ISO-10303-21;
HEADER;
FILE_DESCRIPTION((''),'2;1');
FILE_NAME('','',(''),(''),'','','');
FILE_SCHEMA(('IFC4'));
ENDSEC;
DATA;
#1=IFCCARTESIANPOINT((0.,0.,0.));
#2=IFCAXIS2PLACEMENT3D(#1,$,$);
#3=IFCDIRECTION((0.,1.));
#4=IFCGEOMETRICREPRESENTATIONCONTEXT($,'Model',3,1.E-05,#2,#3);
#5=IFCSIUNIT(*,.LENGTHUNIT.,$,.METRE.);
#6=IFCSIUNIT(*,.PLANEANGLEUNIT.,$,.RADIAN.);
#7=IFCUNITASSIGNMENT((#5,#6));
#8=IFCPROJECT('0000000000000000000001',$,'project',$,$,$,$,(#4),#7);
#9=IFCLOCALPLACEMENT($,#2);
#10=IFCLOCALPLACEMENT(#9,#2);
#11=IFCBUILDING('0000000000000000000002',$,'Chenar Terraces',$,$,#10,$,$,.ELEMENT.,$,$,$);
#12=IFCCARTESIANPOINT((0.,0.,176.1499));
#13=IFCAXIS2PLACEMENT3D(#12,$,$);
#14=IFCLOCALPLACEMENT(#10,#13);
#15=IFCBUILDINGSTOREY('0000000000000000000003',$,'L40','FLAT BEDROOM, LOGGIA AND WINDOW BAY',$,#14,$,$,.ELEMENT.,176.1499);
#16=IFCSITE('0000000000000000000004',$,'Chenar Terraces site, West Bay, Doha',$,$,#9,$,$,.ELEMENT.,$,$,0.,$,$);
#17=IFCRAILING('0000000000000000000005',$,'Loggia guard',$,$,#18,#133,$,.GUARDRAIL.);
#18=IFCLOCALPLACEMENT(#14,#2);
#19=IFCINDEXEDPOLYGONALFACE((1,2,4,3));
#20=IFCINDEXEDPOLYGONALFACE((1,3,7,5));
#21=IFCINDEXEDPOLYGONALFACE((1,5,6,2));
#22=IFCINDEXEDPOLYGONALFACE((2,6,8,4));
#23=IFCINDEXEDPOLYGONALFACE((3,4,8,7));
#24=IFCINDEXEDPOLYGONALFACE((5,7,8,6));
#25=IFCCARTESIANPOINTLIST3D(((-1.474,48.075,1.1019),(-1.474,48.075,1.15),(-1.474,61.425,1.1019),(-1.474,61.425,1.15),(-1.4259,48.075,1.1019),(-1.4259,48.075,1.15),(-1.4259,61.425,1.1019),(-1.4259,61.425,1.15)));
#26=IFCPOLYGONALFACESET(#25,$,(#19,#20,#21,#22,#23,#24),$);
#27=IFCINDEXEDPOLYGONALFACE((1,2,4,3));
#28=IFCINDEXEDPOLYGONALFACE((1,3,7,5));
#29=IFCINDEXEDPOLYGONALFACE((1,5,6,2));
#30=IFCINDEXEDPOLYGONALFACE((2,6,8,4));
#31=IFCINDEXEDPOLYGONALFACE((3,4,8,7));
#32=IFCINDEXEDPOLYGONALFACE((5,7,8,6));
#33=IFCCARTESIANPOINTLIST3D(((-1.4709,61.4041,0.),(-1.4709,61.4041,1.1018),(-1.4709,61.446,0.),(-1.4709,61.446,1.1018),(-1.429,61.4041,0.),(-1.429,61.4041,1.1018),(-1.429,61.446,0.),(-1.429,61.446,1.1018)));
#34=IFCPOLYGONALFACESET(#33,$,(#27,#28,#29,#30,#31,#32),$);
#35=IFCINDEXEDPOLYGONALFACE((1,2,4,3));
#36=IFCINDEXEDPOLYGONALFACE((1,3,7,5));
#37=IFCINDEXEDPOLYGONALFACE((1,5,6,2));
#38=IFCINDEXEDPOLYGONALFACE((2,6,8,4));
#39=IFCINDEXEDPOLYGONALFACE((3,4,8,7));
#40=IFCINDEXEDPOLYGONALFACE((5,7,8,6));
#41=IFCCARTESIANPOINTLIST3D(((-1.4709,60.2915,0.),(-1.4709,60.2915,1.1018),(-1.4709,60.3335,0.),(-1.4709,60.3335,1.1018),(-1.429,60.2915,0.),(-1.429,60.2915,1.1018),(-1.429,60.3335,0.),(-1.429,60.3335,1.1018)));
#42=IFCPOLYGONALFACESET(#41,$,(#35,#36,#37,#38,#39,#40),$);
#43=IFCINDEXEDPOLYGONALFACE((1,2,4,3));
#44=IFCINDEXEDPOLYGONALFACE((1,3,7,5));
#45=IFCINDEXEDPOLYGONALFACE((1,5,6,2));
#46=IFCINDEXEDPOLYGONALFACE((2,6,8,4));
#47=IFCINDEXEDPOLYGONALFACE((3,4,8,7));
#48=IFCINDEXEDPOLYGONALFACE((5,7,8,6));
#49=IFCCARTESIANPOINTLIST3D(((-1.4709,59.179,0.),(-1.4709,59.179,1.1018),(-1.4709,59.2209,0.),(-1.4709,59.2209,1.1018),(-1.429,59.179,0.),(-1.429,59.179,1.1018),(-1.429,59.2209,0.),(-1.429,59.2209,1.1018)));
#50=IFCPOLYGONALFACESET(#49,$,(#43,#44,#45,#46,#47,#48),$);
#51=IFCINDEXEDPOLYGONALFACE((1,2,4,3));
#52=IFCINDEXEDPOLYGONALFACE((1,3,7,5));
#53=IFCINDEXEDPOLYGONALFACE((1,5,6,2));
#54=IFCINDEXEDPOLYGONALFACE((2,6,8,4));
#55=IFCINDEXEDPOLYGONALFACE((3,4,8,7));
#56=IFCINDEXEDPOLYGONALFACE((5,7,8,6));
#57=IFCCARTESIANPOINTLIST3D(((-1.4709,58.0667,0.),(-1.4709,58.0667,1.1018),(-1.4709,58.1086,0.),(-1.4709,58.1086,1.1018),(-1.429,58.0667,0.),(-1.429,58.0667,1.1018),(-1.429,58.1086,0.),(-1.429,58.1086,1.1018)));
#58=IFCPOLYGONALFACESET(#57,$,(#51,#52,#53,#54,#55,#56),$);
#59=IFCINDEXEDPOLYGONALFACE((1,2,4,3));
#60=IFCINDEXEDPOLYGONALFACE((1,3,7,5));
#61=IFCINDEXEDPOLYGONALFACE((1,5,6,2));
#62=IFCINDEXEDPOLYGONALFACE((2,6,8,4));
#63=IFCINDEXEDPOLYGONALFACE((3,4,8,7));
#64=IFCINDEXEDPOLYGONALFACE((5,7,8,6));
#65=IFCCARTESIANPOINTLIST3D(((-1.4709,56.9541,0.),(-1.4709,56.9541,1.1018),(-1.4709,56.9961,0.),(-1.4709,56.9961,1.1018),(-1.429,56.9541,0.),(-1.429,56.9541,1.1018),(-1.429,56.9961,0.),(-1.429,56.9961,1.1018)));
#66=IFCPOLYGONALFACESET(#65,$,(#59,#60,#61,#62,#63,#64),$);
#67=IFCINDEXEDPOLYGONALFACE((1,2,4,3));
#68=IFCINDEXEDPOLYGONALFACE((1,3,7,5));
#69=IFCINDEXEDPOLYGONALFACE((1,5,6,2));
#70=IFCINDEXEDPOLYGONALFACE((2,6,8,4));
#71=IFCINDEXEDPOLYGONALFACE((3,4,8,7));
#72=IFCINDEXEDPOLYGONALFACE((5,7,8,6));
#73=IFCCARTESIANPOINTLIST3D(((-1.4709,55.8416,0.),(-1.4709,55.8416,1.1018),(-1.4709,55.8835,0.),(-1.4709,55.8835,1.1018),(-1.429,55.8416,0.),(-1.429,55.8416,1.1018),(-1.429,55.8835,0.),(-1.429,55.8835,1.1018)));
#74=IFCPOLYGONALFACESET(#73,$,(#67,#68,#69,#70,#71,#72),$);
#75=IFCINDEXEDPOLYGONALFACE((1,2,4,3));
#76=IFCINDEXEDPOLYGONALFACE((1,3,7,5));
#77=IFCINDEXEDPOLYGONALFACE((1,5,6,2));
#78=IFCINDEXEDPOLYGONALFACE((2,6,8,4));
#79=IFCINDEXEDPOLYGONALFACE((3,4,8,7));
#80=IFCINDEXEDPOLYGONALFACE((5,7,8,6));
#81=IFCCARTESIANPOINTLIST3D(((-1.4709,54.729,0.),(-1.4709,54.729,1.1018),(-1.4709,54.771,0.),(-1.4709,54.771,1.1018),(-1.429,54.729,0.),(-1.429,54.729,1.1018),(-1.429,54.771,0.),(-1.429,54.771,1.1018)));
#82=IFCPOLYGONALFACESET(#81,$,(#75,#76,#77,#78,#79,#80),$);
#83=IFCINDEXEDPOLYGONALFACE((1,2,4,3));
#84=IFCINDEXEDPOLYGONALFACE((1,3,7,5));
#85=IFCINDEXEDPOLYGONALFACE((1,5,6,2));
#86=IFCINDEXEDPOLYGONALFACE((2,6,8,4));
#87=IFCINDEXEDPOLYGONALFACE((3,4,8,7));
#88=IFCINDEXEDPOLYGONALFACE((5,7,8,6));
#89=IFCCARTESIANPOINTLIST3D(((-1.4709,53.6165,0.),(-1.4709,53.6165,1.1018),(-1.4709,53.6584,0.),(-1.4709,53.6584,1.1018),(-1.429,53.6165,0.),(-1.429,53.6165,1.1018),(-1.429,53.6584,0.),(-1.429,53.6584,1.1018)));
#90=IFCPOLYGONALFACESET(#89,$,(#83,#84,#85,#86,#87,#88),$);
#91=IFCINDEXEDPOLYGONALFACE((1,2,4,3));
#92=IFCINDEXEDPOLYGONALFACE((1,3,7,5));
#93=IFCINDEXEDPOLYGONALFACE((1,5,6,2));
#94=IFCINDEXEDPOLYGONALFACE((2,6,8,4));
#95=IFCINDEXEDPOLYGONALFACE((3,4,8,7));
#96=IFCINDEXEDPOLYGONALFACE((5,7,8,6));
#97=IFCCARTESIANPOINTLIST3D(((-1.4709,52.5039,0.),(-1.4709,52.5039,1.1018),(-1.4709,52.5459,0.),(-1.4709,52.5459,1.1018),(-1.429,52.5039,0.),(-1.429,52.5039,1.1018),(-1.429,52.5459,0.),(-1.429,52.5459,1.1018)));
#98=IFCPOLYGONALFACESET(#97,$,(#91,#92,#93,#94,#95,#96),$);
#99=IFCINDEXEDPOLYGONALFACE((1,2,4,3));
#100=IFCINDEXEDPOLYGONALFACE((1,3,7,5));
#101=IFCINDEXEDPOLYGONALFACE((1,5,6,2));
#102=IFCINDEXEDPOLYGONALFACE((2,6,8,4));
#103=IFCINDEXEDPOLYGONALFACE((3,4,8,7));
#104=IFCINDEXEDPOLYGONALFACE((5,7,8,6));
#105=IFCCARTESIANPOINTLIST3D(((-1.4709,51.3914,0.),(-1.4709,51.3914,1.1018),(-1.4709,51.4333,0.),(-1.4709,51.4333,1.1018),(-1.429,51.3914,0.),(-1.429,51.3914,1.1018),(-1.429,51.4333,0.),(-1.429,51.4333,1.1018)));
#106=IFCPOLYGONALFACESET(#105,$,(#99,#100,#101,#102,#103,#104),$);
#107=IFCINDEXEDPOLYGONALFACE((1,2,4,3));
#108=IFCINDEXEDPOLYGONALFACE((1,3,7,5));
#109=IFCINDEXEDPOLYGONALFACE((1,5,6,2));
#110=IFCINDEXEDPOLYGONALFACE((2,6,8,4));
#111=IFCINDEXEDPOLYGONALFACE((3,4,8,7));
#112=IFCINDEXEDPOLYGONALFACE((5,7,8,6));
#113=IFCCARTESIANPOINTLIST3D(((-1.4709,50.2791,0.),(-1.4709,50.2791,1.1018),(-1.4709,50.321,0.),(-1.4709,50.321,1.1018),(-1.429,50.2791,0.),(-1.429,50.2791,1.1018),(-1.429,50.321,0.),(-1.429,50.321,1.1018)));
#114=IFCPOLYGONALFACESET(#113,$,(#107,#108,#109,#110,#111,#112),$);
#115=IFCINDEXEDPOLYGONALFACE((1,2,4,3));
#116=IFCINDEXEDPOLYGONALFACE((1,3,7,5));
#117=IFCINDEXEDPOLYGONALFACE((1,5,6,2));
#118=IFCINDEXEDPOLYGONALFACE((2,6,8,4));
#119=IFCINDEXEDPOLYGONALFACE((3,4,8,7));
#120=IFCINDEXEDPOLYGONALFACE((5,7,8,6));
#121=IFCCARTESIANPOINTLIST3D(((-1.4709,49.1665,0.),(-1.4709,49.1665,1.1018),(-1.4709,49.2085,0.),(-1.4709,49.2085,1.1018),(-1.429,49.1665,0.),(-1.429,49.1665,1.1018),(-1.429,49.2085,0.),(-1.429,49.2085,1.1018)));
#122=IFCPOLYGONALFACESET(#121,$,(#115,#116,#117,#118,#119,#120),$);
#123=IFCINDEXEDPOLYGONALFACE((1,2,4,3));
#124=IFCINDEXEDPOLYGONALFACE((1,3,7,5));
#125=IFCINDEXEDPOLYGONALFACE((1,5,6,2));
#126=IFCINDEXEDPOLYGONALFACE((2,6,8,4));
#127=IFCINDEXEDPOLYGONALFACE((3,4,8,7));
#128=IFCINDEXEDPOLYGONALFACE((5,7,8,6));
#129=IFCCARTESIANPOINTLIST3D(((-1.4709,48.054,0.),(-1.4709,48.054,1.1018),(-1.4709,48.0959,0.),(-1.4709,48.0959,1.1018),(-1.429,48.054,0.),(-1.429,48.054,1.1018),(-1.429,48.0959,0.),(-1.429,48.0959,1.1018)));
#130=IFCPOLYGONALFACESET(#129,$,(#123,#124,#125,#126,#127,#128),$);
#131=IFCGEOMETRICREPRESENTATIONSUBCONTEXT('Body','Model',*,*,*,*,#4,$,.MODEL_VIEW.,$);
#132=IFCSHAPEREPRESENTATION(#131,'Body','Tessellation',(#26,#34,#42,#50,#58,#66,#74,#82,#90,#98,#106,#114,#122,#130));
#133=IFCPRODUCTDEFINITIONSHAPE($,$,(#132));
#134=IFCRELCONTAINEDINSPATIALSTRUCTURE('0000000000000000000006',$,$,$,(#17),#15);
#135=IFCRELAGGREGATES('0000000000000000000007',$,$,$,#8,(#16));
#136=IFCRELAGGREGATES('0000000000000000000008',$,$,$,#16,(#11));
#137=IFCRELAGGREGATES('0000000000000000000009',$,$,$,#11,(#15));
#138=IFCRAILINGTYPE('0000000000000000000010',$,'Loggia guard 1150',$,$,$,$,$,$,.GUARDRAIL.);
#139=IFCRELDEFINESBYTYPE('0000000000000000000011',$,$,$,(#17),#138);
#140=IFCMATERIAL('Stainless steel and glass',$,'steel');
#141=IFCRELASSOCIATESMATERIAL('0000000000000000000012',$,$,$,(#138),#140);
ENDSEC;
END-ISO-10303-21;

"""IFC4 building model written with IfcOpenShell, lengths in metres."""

from ifc_helpers import new_model, si_unit, direction, frame, origin, origin_2d, place, context, subcontext, project, spatial, rectangle, extrude, material, type_object, element, save


model = new_model("IFC4")

# Units and contexts
model_context = context("Model", 3, precision=1e-05, world=origin(), true_north=direction((0.0, 1.0)))
body_context = subcontext(model_context, "Body", "Model", "MODEL_VIEW")
ifc_project = project(units=[si_unit("LENGTHUNIT", "METRE"), si_unit("PLANEANGLEUNIT", "RADIAN")], contexts=[model_context])

# Site, building, storey
site_placement = place(None, origin())
site = spatial("IfcSite", under=ifc_project, at=site_placement, Name="Chenar Terraces site, West Bay, Doha", CompositionType="ELEMENT", RefElevation=0.0)
building_placement = place(site_placement, origin())
building = spatial("IfcBuilding", under=site, at=building_placement, Name="Chenar Terraces", CompositionType="ELEMENT")
storey_placement = place(building_placement, frame((0.0, 0.0, 176.1499)))
storey = spatial("IfcBuildingStorey", under=building, at=storey_placement, Name="L40", Description="FLAT BEDROOM, LOGGIA AND WINDOW BAY", CompositionType="ELEMENT", Elevation=176.1499)

# Railing
ifc_material_1 = material(Name="Stainless steel and glass", Category="steel")
railing_type = type_object("IfcRailingType", Name="Loggia guard 1150", PredefinedType="GUARDRAIL", material=ifc_material_1)
railing_1_placement = place(storey_placement, frame((-1.45, 61.425, 0.0)))
element("IfcRailing", 1, at=railing_1_placement, inside=storey, type_object=railing_type, Name="Loggia guard", PredefinedType="GUARDRAIL", context=body_context, shape_type="SweptSolid", body=[
    extrude(rectangle(XDim=0.0481, YDim=0.0481, at=origin_2d()), frame((0.0, 0.0, 1.126), z_axis=(0.0, -1.0, 0.0), x_axis=(1.0, 0.0, 0.0)), (0.0, 0.0, 1.0), 13.3501),
    extrude(rectangle(XDim=0.042, YDim=0.042, at=origin_2d()), origin(), (0.0, 0.0, 1.0), 1.1018),
    extrude(rectangle(XDim=0.042, YDim=0.042, at=origin_2d()), frame((0.0, -1.1125, 0.0)), (0.0, 0.0, 1.0), 1.1018),
    extrude(rectangle(XDim=0.042, YDim=0.042, at=origin_2d()), frame((0.0, -2.2251, 0.0)), (0.0, 0.0, 1.0), 1.1018),
    extrude(rectangle(XDim=0.042, YDim=0.042, at=origin_2d()), frame((0.0, -3.3374, 0.0)), (0.0, 0.0, 1.0), 1.1018),
    extrude(rectangle(XDim=0.042, YDim=0.042, at=origin_2d()), frame((0.0, -4.45, 0.0)), (0.0, 0.0, 1.0), 1.1018),
    extrude(rectangle(XDim=0.042, YDim=0.042, at=origin_2d()), frame((0.0, -5.5625, 0.0)), (0.0, 0.0, 1.0), 1.1018),
    extrude(rectangle(XDim=0.042, YDim=0.042, at=origin_2d()), frame((0.0, -6.675, 0.0)), (0.0, 0.0, 1.0), 1.1018),
    extrude(rectangle(XDim=0.042, YDim=0.042, at=origin_2d()), frame((0.0, -7.7876, 0.0)), (0.0, 0.0, 1.0), 1.1018),
    extrude(rectangle(XDim=0.042, YDim=0.042, at=origin_2d()), frame((0.0, -8.9001, 0.0)), (0.0, 0.0, 1.0), 1.1018),
    extrude(rectangle(XDim=0.042, YDim=0.042, at=origin_2d()), frame((0.0, -10.0127, 0.0)), (0.0, 0.0, 1.0), 1.1018),
    extrude(rectangle(XDim=0.042, YDim=0.042, at=origin_2d()), frame((0.0, -11.125, 0.0)), (0.0, 0.0, 1.0), 1.1018),
    extrude(rectangle(XDim=0.042, YDim=0.042, at=origin_2d()), frame((0.0, -12.2375, 0.0)), (0.0, 0.0, 1.0), 1.1018),
    extrude(rectangle(XDim=0.042, YDim=0.042, at=origin_2d()), frame((0.0, -13.3501, 0.0)), (0.0, 0.0, 1.0), 1.1018),
])

save(model, "model.ifc")
